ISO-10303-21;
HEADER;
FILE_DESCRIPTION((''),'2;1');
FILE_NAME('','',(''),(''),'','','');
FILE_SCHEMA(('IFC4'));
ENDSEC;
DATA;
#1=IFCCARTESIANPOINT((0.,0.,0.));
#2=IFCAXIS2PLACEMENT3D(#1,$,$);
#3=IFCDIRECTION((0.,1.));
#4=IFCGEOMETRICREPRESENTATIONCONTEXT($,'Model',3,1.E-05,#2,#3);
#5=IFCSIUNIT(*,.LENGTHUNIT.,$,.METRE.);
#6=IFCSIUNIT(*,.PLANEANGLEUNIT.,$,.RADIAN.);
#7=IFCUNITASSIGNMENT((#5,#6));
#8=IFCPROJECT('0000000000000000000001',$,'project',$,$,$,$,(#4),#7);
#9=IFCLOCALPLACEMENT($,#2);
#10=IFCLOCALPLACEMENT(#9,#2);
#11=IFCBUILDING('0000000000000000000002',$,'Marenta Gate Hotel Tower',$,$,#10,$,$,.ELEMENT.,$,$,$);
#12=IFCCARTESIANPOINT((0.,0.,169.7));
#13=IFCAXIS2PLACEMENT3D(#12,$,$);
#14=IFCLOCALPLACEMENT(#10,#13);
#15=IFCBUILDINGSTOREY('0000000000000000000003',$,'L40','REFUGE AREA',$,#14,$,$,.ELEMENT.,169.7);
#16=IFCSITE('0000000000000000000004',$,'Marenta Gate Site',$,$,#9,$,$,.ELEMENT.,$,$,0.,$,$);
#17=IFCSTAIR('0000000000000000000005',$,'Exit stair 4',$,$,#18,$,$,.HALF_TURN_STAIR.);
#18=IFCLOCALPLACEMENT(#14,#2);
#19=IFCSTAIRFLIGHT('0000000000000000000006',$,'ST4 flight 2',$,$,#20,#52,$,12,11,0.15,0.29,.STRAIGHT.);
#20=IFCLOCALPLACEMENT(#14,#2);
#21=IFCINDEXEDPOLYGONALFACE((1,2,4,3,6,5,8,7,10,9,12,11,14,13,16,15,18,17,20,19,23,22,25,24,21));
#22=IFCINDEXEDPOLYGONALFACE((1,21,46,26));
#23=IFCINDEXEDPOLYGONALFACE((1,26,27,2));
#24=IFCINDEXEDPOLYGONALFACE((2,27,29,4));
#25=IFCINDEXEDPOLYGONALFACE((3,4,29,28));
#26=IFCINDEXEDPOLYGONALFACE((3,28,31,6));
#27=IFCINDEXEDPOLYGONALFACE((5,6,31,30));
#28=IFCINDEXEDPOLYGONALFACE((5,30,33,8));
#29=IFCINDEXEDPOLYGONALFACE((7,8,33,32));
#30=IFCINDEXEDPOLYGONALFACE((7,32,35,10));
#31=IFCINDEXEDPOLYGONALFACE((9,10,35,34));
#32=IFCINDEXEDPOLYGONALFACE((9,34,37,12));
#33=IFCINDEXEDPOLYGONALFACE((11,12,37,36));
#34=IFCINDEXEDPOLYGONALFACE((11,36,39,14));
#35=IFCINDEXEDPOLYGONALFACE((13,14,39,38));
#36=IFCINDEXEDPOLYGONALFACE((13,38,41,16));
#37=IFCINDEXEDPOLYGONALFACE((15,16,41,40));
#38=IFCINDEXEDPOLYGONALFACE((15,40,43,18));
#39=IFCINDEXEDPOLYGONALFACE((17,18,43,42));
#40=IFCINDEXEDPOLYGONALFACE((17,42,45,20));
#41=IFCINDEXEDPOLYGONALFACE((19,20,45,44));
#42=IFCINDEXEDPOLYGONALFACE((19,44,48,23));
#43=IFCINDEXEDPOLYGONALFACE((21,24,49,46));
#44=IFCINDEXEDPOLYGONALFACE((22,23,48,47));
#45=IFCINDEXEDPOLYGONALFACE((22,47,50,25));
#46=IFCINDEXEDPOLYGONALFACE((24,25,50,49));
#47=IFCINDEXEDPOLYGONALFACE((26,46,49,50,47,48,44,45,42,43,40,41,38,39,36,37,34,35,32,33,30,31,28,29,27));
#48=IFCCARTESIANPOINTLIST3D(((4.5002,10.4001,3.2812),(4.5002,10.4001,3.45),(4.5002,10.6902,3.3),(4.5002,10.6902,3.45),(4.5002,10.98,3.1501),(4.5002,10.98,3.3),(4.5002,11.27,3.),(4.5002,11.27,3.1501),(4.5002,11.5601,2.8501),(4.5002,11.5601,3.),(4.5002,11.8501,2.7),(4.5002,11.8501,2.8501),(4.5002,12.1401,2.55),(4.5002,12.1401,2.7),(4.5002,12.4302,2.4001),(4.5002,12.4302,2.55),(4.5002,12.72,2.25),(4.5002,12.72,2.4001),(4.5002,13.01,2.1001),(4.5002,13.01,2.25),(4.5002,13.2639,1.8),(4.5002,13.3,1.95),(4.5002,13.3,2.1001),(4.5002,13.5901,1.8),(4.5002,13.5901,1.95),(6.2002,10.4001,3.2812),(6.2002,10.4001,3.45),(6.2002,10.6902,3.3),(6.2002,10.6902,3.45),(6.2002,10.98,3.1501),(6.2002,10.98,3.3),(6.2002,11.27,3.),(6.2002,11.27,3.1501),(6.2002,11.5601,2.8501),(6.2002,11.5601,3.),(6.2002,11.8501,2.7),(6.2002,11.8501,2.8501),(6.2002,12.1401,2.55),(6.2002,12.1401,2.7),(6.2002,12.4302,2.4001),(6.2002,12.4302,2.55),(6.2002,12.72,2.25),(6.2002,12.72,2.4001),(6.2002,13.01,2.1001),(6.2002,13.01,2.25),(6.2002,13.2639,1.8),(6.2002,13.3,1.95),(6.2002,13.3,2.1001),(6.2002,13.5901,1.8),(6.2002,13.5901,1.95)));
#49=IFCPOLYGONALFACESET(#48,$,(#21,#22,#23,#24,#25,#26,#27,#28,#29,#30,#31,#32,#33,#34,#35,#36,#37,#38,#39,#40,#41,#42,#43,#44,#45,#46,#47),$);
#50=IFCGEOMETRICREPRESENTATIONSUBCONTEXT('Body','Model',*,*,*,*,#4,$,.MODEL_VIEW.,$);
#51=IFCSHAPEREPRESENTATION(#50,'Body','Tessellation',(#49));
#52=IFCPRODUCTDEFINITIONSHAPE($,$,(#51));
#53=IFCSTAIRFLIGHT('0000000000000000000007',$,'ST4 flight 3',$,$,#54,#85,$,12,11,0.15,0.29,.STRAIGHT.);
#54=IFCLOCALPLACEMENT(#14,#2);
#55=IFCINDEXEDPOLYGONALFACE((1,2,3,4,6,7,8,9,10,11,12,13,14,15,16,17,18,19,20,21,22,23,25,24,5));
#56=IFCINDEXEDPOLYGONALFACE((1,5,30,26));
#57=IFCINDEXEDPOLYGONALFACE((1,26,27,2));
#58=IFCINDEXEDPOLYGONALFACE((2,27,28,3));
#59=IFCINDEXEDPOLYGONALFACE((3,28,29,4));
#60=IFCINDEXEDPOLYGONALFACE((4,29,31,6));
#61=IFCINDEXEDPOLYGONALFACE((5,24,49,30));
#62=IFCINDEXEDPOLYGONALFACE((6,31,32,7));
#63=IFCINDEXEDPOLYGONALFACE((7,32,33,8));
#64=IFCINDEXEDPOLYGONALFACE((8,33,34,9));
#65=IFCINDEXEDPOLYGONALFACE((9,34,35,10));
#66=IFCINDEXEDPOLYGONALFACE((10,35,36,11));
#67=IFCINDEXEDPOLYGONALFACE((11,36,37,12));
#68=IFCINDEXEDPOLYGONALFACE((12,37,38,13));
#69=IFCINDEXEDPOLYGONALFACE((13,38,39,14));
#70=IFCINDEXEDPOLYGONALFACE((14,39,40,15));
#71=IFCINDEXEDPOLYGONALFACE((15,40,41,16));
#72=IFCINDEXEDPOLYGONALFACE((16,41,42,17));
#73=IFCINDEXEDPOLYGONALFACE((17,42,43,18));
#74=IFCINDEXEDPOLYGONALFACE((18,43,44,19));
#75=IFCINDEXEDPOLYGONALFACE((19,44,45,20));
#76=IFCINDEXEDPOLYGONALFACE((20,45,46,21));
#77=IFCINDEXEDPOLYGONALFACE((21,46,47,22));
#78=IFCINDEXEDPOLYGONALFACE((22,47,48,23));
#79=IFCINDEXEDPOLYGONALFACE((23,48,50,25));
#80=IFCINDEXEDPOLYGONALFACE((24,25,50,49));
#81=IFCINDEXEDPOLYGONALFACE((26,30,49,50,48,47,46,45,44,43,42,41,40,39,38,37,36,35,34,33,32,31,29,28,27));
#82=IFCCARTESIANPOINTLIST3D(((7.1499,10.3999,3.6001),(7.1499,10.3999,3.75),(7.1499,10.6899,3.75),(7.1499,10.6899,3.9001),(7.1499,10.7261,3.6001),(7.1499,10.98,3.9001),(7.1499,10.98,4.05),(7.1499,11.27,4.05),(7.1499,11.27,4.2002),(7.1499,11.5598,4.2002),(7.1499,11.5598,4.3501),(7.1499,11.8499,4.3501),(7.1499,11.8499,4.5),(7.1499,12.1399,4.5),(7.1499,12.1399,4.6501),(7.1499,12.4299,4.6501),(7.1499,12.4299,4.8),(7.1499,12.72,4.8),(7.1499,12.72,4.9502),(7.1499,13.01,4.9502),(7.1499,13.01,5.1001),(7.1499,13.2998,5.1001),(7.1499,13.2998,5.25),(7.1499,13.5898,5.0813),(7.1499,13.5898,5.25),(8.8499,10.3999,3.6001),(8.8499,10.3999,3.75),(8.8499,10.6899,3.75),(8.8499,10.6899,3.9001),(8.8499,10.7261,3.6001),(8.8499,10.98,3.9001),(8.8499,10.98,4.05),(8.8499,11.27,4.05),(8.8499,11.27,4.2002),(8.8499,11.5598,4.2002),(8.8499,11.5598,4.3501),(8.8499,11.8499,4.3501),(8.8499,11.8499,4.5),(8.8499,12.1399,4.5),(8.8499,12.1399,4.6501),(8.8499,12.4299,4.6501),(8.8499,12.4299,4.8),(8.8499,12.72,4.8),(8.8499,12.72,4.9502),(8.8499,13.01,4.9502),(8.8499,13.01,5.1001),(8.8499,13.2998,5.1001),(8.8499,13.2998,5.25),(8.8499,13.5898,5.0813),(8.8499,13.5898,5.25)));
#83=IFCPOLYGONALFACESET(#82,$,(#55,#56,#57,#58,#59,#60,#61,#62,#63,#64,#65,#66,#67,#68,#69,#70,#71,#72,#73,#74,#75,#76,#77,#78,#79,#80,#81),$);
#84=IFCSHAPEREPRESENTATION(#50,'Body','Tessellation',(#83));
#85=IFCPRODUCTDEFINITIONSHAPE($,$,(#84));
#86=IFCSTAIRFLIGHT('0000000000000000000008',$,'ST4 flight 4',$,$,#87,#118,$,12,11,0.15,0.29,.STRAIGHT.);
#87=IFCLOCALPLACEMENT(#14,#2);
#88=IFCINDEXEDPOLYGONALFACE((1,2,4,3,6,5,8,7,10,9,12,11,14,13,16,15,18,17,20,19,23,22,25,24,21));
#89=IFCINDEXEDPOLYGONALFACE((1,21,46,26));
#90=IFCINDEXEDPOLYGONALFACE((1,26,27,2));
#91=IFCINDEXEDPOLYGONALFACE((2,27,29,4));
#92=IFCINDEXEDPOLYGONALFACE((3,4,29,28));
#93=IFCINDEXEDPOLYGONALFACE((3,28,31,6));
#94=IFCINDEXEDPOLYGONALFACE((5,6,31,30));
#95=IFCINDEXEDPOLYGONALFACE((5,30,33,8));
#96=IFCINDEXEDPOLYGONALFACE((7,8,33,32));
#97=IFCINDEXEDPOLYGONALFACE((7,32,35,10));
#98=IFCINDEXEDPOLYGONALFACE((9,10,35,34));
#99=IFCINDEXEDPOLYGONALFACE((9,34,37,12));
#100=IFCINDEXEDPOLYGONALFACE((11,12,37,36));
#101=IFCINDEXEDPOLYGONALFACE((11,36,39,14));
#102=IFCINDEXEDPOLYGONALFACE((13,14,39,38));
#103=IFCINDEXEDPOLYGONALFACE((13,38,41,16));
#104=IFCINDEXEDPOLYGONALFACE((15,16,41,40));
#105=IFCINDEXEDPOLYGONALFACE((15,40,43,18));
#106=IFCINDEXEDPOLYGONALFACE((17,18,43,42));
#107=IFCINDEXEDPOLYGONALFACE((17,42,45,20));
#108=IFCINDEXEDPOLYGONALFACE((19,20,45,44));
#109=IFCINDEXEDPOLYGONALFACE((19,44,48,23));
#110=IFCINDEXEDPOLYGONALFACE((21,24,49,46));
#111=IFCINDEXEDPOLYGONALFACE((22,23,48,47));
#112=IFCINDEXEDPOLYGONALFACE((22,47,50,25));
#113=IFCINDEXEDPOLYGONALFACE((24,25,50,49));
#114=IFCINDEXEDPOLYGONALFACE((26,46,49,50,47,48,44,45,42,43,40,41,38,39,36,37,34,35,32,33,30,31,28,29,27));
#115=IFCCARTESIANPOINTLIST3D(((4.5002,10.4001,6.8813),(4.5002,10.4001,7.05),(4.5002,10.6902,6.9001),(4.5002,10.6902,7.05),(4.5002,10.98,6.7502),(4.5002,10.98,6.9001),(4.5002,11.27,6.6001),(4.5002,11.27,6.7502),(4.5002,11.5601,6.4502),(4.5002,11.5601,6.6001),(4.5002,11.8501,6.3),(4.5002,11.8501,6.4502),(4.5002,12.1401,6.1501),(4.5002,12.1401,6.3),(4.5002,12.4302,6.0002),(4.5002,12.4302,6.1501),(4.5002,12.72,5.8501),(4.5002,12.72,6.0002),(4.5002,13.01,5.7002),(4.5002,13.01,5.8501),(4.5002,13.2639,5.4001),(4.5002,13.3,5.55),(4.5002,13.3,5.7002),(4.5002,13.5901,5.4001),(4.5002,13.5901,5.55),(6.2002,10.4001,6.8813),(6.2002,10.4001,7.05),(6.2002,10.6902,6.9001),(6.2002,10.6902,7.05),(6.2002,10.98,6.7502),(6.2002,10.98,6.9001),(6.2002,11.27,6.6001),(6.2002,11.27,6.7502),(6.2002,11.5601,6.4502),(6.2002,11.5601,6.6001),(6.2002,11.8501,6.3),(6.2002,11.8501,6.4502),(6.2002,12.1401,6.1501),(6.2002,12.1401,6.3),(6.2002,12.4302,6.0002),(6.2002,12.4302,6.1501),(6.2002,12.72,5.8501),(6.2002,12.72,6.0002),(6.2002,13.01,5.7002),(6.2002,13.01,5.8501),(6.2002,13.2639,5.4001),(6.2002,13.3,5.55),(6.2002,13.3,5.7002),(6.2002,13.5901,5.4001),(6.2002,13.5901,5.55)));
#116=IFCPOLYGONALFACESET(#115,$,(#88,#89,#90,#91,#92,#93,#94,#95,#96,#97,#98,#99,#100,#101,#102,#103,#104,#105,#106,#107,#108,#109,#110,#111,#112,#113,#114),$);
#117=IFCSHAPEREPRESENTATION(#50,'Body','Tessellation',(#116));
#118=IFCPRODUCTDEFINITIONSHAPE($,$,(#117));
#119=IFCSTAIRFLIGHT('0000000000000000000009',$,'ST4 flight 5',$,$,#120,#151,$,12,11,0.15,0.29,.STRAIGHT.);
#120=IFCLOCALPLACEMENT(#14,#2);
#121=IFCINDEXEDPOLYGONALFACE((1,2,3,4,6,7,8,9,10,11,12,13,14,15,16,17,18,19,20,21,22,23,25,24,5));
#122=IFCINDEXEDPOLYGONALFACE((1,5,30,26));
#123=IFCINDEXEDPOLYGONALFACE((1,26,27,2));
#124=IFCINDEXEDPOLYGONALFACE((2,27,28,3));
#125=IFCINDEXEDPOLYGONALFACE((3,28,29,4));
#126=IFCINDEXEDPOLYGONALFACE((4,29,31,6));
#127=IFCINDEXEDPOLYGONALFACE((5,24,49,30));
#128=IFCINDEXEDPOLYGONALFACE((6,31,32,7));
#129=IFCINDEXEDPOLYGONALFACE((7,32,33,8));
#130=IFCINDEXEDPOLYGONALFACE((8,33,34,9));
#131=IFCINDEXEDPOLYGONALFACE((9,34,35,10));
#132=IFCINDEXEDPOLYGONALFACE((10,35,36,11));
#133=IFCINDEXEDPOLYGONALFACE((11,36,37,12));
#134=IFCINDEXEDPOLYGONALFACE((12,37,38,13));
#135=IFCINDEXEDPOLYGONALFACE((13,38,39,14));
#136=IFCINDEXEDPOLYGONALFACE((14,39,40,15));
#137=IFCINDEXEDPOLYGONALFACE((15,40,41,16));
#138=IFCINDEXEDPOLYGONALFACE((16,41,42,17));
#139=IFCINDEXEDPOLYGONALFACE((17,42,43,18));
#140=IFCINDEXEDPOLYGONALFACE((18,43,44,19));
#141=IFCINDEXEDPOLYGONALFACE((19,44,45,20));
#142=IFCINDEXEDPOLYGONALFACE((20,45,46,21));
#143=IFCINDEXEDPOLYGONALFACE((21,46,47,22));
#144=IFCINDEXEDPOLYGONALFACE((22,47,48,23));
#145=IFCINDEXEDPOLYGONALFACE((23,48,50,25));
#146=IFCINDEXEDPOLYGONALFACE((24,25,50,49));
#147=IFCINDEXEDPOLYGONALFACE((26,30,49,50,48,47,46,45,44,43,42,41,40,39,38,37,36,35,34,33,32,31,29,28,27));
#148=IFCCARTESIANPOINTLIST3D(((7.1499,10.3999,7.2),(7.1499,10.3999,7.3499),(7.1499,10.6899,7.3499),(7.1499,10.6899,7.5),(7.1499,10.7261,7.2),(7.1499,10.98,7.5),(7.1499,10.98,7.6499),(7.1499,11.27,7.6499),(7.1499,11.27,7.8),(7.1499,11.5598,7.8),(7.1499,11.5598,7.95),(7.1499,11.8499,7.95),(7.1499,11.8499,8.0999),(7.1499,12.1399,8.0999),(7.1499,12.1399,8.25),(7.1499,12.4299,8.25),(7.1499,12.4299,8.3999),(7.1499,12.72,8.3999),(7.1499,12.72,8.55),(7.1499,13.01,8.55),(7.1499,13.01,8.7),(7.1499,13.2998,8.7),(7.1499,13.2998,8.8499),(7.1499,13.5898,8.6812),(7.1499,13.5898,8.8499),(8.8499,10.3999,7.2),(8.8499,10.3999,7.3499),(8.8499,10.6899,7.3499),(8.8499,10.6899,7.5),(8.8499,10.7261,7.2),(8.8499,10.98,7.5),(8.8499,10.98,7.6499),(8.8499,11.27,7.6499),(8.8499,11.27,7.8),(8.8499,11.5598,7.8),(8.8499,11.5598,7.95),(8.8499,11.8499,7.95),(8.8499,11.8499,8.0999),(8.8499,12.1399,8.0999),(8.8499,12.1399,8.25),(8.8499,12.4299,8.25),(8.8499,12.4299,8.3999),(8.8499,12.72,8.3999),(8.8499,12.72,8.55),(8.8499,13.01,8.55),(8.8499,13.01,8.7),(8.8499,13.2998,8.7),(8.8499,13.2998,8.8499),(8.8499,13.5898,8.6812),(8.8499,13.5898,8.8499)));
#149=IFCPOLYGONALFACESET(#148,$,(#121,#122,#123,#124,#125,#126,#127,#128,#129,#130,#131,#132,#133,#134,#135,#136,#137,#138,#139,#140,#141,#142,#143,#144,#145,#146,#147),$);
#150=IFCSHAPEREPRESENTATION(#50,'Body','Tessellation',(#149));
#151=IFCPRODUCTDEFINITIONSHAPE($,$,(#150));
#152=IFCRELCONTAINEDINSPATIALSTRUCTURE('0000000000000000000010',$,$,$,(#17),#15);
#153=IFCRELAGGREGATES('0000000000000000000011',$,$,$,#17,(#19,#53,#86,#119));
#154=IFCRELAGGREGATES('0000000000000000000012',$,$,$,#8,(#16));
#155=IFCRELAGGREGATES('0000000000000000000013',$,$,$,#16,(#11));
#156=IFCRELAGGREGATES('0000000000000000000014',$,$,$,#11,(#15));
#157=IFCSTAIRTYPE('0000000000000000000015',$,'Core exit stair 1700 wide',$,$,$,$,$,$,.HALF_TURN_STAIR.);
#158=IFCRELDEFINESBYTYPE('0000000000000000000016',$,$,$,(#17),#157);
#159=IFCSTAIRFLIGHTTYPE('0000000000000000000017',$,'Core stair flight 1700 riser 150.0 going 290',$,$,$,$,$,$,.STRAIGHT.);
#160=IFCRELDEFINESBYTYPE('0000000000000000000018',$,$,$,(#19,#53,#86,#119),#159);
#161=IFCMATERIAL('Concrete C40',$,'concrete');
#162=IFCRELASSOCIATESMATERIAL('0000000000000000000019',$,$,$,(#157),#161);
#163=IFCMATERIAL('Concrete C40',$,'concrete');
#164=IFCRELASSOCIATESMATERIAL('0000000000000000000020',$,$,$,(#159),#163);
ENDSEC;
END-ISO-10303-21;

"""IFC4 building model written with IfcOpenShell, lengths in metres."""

from ifc_helpers import new_model, si_unit, direction, frame, origin, place, context, subcontext, project, spatial, polyline, outline, extrude, material, type_object, element, aggregate, save


model = new_model("IFC4")

# Units and contexts
model_context = context("Model", 3, precision=1e-05, world=origin(), true_north=direction((0.0, 1.0)))
body_context = subcontext(model_context, "Body", "Model", "MODEL_VIEW")
ifc_project = project(units=[si_unit("LENGTHUNIT", "METRE"), si_unit("PLANEANGLEUNIT", "RADIAN")], contexts=[model_context])

# Site, building, storey
site_placement = place(None, origin())
site = spatial("IfcSite", under=ifc_project, at=site_placement, Name="Marenta Gate Site", CompositionType="ELEMENT", RefElevation=0.0)
building_placement = place(site_placement, origin())
building = spatial("IfcBuilding", under=site, at=building_placement, Name="Marenta Gate Hotel Tower", CompositionType="ELEMENT")
storey_placement = place(building_placement, frame((0.0, 0.0, 169.7)))
storey = spatial("IfcBuildingStorey", under=building, at=storey_placement, Name="L40", Description="REFUGE AREA", CompositionType="ELEMENT", Elevation=169.7)

# Stair, stair flights
ifc_material_1 = material(Name="Concrete C40", Category="concrete")
stair_type = type_object("IfcStairType", Name="Core exit stair 1700 wide", PredefinedType="HALF_TURN_STAIR", material=ifc_material_1)
stair_placement = place(storey_placement, origin())
stair = element("IfcStair", 1, at=stair_placement, inside=storey, type_object=stair_type, Name="Exit stair 4", PredefinedType="HALF_TURN_STAIR")
ifc_material_2 = material(Name="Concrete C40", Category="concrete")
stair_flight_type = type_object("IfcStairFlightType", Name="Core stair flight 1700 riser 150.0 going 290", PredefinedType="STRAIGHT", material=ifc_material_2)
stair_flight_1_placement = place(storey_placement, frame((5.3501, 13.5901, 1.8), z_axis=(0.0, 0.0, 1.0), x_axis=(0.0, -1.0, 0.0)))
stair_flight_1 = element("IfcStairFlight", 2, at=stair_flight_1_placement, type_object=stair_flight_type, Name="ST4 flight 2", NumberOfRisers=12, NumberOfTreads=11, PredefinedType="STRAIGHT", RiserHeight=0.15, TreadLength=0.29, context=body_context, shape_type="SweptSolid", body=[
    extrude(outline(polyline([(0.0, 0.0), (0.0, 0.1499), (0.29, 0.1499), (0.29, 0.3), (0.5801, 0.3), (0.5801, 0.45), (0.8701, 0.45), (0.8701, 0.6001), (1.1599, 0.6001), (1.1599, 0.75), (1.45, 0.75), (1.45, 0.8999), (1.74, 0.8999), (1.74, 1.05), (2.03, 1.05), (2.03, 1.2), (2.3201, 1.2), (2.3201, 1.3501), (2.6101, 1.3501), (2.6101, 1.5), (2.8999, 1.5), (2.8999, 1.6499), (3.1899, 1.6499), (3.1899, 1.8), (3.1899, 1.4812), (0.3262, 0.0), (0.0, 0.0)])), frame((0.0, 0.8501, 0.0), z_axis=(0.0, -1.0, 0.0), x_axis=(1.0, 0.0, 0.0)), (0.0, 0.0, 1.0), 1.7),
])
stair_flight_2_placement = place(storey_placement, frame((8.0, 10.3999, 3.6001), z_axis=(0.0, 0.0, 1.0), x_axis=(0.0, 1.0, 0.0)))
stair_flight_2 = element("IfcStairFlight", 3, at=stair_flight_2_placement, type_object=stair_flight_type, Name="ST4 flight 3", NumberOfRisers=12, NumberOfTreads=11, PredefinedType="STRAIGHT", RiserHeight=0.15, TreadLength=0.29, context=body_context, shape_type="SweptSolid", body=[
    extrude(outline(polyline([(0.0, 0.0), (0.0, 0.1499), (0.29, 0.1499), (0.29, 0.3), (0.5801, 0.3), (0.5801, 0.45), (0.8701, 0.45), (0.8701, 0.6001), (1.1599, 0.6001), (1.1599, 0.75), (1.45, 0.75), (1.45, 0.8999), (1.74, 0.8999), (1.74, 1.05), (2.03, 1.05), (2.03, 1.2), (2.3201, 1.2), (2.3201, 1.3501), (2.6101, 1.3501), (2.6101, 1.5), (2.8999, 1.5), (2.8999, 1.6499), (3.1899, 1.6499), (3.1899, 1.8), (3.1899, 1.4812), (0.3262, 0.0), (0.0, 0.0)])), frame((0.0, 0.8501, 0.0), z_axis=(0.0, -1.0, 0.0), x_axis=(1.0, 0.0, 0.0)), (0.0, 0.0, 1.0), 1.7),
])
stair_flight_3_placement = place(storey_placement, frame((5.3501, 13.5901, 5.4001), z_axis=(0.0, 0.0, 1.0), x_axis=(0.0, -1.0, 0.0)))
stair_flight_3 = element("IfcStairFlight", 4, at=stair_flight_3_placement, type_object=stair_flight_type, Name="ST4 flight 4", NumberOfRisers=12, NumberOfTreads=11, PredefinedType="STRAIGHT", RiserHeight=0.15, TreadLength=0.29, context=body_context, shape_type="SweptSolid", body=[
    extrude(outline(polyline([(0.0, 0.0), (0.0, 0.1499), (0.29, 0.1499), (0.29, 0.3), (0.5801, 0.3), (0.5801, 0.45), (0.8701, 0.45), (0.8701, 0.6001), (1.1599, 0.6001), (1.1599, 0.75), (1.45, 0.75), (1.45, 0.8999), (1.74, 0.8999), (1.74, 1.05), (2.03, 1.05), (2.03, 1.2), (2.3201, 1.2), (2.3201, 1.3501), (2.6101, 1.3501), (2.6101, 1.5), (2.8999, 1.5), (2.8999, 1.6499), (3.1899, 1.6499), (3.1899, 1.8), (3.1899, 1.4812), (0.3262, 0.0), (0.0, 0.0)])), frame((0.0, 0.8501, 0.0), z_axis=(0.0, -1.0, 0.0), x_axis=(1.0, 0.0, 0.0)), (0.0, 0.0, 1.0), 1.7),
])
stair_flight_4_placement = place(storey_placement, frame((8.0, 10.3999, 7.2), z_axis=(0.0, 0.0, 1.0), x_axis=(0.0, 1.0, 0.0)))
stair_flight_4 = element("IfcStairFlight", 5, at=stair_flight_4_placement, type_object=stair_flight_type, Name="ST4 flight 5", NumberOfRisers=12, NumberOfTreads=11, PredefinedType="STRAIGHT", RiserHeight=0.15, TreadLength=0.29, context=body_context, shape_type="SweptSolid", body=[
    extrude(outline(polyline([(0.0, 0.0), (0.0, 0.1499), (0.29, 0.1499), (0.29, 0.3), (0.5801, 0.3), (0.5801, 0.45), (0.8701, 0.45), (0.8701, 0.6001), (1.1599, 0.6001), (1.1599, 0.75), (1.45, 0.75), (1.45, 0.8999), (1.74, 0.8999), (1.74, 1.05), (2.03, 1.05), (2.03, 1.2), (2.3201, 1.2), (2.3201, 1.3501), (2.6101, 1.3501), (2.6101, 1.5), (2.8999, 1.5), (2.8999, 1.6499), (3.1899, 1.6499), (3.1899, 1.8), (3.1899, 1.4812), (0.3262, 0.0), (0.0, 0.0)])), frame((0.0, 0.8501, 0.0), z_axis=(0.0, -1.0, 0.0), x_axis=(1.0, 0.0, 0.0)), (0.0, 0.0, 1.0), 1.7),
])
aggregate(stair, [stair_flight_1, stair_flight_2, stair_flight_3, stair_flight_4])

save(model, "model.ifc")
